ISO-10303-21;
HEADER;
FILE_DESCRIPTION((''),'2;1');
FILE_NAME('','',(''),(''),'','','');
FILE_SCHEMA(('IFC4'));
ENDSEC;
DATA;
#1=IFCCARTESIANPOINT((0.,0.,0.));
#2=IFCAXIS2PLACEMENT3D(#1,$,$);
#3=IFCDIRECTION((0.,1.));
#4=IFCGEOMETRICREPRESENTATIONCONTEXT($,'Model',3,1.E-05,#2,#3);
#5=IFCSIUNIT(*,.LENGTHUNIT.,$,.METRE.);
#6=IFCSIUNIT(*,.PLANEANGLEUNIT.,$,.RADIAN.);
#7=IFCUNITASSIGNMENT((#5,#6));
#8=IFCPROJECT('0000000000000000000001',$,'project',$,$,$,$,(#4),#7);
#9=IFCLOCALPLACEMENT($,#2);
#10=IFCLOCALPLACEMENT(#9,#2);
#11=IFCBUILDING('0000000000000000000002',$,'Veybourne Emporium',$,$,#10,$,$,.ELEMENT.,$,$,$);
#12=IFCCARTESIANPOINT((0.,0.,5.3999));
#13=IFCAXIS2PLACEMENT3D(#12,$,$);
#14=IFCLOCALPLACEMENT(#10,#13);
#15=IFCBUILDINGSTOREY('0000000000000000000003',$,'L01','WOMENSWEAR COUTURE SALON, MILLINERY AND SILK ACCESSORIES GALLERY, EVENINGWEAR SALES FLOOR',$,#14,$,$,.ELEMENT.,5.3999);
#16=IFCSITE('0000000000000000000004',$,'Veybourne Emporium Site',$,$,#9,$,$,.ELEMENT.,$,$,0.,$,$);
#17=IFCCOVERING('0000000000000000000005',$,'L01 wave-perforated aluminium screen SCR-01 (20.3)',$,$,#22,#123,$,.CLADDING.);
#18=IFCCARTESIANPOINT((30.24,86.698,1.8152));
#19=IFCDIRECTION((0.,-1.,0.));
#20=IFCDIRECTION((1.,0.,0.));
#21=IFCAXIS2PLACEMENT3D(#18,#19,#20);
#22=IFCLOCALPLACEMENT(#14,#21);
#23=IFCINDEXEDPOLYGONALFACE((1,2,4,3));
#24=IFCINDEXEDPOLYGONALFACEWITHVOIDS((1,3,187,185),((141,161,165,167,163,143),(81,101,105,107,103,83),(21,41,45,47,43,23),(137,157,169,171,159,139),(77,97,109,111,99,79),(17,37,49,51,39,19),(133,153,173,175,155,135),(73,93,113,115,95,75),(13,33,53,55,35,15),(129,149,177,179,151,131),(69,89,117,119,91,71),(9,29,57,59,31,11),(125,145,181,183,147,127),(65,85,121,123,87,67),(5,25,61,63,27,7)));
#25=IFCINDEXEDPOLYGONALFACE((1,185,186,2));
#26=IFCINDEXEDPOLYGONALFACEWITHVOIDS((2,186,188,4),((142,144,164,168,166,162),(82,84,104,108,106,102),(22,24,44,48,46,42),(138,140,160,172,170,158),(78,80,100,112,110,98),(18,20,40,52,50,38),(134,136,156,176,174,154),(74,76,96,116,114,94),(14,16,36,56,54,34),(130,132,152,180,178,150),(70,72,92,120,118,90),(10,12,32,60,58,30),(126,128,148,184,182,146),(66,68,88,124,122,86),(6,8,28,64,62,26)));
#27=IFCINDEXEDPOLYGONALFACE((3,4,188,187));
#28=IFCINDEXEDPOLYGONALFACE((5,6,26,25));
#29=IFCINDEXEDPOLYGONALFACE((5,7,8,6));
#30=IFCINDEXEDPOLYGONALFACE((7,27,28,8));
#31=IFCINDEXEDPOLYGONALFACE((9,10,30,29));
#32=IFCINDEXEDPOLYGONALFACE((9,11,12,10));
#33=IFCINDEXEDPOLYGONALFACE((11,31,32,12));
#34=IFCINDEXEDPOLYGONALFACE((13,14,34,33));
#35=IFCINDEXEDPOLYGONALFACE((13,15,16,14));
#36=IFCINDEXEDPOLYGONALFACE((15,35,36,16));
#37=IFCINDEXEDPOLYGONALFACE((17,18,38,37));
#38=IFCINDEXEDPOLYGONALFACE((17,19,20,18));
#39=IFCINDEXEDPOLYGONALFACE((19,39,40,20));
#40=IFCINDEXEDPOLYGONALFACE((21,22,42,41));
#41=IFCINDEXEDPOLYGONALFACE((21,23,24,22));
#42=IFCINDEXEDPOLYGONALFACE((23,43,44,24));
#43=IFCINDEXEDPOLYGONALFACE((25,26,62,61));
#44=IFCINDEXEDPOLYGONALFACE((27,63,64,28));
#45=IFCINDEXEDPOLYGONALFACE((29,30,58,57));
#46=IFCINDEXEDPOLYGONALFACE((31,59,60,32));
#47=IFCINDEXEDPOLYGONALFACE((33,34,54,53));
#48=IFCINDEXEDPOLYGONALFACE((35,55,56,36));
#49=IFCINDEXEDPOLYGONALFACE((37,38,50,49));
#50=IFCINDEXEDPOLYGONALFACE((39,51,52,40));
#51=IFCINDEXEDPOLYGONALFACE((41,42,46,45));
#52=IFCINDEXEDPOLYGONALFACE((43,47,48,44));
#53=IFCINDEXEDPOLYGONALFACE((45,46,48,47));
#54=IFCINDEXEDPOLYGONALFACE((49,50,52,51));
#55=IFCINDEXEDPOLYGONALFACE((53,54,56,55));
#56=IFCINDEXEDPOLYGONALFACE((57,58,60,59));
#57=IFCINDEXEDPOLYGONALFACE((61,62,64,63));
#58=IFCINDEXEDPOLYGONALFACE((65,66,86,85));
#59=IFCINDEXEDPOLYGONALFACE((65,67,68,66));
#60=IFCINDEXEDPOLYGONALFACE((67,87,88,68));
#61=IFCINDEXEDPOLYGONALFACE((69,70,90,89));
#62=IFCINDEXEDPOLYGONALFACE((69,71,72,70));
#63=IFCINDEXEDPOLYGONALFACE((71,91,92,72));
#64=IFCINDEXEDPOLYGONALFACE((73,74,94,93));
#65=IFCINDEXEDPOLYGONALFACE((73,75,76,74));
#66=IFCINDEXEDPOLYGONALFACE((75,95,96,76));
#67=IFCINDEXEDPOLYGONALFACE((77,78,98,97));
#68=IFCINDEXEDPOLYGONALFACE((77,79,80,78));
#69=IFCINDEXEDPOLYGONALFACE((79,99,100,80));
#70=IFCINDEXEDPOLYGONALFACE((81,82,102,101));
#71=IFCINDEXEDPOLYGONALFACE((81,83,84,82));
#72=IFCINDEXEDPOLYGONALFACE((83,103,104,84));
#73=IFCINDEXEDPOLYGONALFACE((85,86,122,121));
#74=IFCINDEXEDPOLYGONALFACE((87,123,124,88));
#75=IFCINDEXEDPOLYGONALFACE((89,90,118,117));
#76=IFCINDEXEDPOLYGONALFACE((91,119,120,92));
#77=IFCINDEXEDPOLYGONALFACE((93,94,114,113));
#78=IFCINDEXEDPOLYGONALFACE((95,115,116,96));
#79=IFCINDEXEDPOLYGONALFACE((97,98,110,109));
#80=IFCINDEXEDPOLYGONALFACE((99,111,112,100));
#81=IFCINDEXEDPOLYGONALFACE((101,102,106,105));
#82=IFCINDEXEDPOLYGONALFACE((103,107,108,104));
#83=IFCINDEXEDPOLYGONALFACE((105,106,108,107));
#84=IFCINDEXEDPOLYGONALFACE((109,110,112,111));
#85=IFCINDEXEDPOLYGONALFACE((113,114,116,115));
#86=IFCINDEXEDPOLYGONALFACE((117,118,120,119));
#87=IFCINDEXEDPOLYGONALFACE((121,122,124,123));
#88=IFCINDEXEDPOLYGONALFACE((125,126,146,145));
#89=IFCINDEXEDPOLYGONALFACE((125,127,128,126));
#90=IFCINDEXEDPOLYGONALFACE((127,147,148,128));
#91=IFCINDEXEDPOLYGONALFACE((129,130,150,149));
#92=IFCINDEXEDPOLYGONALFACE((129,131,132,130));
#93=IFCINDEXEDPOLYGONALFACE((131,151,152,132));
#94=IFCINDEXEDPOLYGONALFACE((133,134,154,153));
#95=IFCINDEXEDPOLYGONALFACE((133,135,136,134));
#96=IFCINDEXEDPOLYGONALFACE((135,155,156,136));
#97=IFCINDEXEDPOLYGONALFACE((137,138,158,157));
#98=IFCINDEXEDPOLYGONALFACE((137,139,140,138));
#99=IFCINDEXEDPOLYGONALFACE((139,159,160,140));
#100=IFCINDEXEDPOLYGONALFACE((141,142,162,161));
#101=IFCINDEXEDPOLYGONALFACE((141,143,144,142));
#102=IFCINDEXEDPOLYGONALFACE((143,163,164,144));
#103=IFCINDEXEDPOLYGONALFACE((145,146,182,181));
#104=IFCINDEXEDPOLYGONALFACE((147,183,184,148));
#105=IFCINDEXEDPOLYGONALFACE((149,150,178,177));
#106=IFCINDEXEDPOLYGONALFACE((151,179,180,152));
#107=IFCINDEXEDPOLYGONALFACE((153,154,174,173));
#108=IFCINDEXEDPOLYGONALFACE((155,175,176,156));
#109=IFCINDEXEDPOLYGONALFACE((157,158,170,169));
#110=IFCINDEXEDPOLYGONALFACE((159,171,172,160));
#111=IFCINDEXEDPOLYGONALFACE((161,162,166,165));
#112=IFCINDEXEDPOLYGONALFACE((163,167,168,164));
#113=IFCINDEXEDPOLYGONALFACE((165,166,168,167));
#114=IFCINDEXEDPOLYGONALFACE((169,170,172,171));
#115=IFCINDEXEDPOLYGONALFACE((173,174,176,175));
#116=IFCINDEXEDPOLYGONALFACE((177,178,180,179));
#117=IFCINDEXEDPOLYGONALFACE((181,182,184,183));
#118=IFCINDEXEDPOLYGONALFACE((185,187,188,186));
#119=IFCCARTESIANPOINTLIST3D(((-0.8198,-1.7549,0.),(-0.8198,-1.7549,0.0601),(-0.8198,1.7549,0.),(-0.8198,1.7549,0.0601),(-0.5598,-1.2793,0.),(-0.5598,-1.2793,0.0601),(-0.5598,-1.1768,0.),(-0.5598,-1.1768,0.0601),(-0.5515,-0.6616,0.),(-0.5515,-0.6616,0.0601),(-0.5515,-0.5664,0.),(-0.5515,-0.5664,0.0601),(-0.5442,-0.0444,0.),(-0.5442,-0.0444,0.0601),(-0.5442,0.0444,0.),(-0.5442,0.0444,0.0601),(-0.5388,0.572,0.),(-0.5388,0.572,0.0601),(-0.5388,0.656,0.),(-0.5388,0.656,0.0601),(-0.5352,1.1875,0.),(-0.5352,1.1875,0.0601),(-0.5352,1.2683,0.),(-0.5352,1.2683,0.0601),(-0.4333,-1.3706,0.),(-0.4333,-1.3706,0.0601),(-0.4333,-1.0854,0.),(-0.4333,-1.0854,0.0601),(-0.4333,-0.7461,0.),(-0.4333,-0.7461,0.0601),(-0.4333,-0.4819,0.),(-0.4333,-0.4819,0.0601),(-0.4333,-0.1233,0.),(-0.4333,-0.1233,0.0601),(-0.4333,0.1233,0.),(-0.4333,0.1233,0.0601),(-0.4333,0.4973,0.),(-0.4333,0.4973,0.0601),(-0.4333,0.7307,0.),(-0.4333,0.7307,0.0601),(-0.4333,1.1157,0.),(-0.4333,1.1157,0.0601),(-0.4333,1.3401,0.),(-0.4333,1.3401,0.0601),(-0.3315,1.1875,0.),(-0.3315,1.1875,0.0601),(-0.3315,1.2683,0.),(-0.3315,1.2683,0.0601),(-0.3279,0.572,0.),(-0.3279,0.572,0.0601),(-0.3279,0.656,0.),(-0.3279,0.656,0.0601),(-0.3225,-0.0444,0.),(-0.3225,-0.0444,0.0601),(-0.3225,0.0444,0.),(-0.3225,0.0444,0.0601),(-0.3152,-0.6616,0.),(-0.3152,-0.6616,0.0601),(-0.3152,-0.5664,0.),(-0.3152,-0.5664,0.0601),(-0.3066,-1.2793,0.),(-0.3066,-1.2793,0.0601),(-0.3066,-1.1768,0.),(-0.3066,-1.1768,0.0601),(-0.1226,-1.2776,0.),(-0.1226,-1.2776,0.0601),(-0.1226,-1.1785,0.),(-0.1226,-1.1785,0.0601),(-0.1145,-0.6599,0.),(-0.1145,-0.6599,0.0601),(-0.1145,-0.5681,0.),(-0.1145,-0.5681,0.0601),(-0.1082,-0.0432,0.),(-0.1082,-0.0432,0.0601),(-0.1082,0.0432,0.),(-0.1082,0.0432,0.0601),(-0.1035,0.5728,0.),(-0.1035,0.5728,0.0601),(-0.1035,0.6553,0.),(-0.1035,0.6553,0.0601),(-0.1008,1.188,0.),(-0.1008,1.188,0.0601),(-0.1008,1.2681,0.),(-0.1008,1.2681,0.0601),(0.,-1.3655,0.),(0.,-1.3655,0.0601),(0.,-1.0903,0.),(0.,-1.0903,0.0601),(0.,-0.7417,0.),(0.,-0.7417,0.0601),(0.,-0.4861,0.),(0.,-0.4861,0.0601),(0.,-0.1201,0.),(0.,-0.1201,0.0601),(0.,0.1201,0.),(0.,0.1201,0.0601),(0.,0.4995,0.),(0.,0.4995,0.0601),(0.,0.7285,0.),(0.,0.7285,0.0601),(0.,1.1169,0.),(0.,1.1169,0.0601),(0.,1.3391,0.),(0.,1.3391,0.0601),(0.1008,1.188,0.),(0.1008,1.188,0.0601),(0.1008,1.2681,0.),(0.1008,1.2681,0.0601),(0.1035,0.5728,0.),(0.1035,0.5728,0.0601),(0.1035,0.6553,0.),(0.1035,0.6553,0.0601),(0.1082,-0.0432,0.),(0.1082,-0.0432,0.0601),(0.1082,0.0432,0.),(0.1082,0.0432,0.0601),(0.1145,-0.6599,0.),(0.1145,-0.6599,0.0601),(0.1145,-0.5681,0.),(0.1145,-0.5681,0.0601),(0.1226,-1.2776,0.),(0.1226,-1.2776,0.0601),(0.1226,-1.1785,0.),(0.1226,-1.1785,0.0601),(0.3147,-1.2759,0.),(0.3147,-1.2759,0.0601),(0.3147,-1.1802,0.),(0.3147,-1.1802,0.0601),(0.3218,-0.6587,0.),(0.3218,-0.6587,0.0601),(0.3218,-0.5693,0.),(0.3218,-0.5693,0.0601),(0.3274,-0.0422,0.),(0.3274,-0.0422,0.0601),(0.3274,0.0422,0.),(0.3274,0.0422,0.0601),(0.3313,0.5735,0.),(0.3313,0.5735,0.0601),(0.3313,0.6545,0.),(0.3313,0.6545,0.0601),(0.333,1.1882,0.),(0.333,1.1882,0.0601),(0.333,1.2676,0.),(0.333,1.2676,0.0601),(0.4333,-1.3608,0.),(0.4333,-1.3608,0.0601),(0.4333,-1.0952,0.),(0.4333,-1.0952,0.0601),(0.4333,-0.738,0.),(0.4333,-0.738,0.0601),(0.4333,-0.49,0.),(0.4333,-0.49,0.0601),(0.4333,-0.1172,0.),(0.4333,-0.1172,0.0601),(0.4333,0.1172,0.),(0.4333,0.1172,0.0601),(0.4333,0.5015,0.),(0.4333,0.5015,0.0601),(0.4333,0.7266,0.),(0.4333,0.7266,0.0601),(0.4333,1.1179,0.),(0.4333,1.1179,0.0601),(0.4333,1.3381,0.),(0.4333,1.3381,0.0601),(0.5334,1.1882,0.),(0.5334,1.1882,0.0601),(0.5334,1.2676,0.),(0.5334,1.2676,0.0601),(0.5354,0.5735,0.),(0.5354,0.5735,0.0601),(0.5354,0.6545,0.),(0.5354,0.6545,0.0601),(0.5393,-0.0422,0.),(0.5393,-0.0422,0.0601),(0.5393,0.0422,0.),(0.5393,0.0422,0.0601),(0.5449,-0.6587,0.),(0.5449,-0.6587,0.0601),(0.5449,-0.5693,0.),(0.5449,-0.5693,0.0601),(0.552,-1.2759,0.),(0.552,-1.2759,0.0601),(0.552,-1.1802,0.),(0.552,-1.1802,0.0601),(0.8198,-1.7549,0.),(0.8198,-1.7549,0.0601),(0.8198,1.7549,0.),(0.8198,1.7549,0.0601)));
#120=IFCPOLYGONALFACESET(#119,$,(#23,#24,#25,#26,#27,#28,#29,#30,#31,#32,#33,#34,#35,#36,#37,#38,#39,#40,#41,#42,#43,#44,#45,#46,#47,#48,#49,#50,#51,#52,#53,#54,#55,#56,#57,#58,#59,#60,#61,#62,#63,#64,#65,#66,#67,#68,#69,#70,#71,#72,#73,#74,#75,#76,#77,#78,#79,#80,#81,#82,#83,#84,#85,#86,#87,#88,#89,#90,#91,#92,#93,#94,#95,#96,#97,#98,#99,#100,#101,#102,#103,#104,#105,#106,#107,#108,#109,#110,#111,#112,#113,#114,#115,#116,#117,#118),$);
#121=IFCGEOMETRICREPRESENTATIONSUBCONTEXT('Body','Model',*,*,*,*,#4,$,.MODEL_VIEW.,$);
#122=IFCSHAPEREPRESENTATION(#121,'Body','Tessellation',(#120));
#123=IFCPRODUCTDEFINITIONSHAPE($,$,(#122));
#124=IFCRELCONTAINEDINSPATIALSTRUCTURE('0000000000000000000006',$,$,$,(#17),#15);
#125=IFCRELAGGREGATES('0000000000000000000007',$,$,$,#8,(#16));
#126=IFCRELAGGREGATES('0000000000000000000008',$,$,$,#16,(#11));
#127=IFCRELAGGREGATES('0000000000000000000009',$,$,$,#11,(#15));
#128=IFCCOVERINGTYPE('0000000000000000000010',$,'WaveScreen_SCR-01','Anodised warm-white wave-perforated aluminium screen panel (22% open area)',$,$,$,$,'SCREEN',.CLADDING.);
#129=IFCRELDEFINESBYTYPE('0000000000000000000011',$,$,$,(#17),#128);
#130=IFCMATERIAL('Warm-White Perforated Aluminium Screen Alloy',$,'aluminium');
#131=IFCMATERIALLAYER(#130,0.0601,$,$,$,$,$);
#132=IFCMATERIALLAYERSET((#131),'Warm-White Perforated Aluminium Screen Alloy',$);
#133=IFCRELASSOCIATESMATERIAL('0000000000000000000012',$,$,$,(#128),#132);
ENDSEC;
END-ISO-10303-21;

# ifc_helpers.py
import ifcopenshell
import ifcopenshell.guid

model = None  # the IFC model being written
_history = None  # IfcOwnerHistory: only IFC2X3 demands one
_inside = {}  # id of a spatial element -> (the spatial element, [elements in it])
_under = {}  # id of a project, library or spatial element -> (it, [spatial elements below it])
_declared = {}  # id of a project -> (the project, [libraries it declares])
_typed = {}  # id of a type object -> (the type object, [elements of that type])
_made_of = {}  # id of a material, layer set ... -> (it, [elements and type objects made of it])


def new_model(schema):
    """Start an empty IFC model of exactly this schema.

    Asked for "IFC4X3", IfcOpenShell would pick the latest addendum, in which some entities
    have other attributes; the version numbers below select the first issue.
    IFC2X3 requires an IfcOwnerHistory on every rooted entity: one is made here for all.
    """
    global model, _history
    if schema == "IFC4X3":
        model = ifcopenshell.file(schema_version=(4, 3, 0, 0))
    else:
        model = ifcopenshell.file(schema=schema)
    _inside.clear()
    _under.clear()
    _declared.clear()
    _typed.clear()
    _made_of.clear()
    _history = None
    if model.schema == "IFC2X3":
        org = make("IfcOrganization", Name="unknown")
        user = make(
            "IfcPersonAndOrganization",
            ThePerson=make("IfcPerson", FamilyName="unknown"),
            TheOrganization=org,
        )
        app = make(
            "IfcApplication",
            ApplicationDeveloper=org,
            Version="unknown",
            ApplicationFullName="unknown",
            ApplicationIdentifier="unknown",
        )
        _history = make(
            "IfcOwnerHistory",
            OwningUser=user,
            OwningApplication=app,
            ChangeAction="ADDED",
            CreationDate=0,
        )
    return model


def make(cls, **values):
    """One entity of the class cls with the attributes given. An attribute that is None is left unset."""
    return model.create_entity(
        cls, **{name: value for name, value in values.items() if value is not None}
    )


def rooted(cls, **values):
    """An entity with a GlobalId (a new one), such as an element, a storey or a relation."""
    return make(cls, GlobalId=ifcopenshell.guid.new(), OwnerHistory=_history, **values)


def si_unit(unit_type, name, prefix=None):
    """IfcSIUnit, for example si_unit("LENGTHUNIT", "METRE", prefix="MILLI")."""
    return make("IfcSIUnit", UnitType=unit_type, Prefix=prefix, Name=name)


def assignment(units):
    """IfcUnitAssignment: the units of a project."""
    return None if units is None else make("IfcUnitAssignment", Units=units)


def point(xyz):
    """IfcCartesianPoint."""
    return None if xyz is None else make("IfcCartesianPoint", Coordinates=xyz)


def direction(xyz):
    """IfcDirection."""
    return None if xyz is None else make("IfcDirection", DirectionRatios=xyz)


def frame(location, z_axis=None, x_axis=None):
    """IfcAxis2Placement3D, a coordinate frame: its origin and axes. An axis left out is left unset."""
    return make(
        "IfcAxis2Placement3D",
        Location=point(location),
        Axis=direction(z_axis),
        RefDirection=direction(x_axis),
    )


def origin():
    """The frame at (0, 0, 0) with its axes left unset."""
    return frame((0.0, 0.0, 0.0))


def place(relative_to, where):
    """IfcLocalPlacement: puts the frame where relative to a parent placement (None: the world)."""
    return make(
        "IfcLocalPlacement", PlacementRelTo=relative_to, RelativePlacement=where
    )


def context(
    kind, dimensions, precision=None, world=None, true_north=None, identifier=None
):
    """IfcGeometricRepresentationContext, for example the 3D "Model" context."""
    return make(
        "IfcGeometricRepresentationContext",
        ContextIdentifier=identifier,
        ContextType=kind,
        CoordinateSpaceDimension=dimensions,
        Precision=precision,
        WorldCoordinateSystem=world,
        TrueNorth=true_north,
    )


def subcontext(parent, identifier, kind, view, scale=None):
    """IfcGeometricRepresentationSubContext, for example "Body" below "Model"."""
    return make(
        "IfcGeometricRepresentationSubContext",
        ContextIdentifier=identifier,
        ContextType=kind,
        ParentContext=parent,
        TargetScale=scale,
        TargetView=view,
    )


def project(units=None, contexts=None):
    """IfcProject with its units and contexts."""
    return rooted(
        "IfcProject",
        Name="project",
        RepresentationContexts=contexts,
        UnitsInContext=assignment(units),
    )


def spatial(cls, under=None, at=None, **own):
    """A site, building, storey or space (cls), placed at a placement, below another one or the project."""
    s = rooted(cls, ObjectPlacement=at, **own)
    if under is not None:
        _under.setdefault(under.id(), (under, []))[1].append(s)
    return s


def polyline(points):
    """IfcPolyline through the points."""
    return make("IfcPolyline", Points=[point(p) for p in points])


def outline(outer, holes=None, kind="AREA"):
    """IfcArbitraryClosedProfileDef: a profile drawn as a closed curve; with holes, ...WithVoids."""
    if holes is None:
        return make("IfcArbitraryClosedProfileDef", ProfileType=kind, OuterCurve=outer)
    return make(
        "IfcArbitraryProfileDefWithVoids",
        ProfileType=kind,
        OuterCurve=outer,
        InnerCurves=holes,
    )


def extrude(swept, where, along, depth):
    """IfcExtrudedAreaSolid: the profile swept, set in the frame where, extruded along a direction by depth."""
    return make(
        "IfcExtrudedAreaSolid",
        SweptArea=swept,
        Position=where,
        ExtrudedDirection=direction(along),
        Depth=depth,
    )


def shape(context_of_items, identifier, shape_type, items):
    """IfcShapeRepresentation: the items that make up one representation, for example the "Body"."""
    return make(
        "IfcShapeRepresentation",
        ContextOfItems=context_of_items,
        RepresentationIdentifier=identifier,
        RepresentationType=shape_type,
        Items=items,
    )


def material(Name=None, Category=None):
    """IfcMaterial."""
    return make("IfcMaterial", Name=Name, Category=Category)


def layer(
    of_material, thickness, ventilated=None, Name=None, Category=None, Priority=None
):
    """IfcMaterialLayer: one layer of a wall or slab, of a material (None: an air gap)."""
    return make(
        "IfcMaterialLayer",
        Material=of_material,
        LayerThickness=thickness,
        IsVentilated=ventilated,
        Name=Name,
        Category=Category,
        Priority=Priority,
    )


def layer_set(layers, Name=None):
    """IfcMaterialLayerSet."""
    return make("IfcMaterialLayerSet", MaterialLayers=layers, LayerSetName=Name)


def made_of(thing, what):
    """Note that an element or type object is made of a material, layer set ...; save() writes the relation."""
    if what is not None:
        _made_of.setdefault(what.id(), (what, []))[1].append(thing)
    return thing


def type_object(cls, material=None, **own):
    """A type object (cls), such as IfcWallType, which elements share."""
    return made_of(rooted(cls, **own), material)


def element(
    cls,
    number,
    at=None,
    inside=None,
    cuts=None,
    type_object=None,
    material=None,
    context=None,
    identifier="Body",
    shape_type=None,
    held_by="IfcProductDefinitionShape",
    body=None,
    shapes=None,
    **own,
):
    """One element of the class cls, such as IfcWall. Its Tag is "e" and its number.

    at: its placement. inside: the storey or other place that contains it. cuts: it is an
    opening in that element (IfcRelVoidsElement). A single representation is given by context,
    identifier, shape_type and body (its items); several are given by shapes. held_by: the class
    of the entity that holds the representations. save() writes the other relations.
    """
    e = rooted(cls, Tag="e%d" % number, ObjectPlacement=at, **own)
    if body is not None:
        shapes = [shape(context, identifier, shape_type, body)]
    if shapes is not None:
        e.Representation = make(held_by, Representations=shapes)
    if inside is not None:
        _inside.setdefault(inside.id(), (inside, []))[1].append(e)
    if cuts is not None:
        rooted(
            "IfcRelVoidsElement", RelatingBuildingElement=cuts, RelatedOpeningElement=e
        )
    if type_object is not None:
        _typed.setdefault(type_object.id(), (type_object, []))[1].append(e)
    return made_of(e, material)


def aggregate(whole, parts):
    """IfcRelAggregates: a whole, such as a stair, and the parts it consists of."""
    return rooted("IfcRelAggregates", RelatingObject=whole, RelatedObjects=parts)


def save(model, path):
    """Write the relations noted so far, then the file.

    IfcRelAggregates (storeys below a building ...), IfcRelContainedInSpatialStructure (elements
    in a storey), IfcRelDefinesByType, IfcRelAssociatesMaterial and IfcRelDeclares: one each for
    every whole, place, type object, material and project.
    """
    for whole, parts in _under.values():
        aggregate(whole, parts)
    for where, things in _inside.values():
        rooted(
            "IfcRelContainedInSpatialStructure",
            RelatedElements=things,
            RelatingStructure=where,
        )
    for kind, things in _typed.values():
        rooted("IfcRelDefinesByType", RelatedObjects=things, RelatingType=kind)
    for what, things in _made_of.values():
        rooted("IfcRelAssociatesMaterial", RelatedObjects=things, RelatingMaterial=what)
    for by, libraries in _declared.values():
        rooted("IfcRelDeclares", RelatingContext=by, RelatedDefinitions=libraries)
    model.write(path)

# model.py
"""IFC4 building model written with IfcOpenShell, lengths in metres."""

from ifc_helpers import new_model, si_unit, direction, frame, origin, place, context, subcontext, project, spatial, polyline, outline, extrude, material, layer, layer_set, type_object, element, save


model = new_model("IFC4")

# Units and contexts
model_context = context("Model", 3, precision=1e-05, world=origin(), true_north=direction((0.0, 1.0)))
body_context = subcontext(model_context, "Body", "Model", "MODEL_VIEW")
ifc_project = project(units=[si_unit("LENGTHUNIT", "METRE"), si_unit("PLANEANGLEUNIT", "RADIAN")], contexts=[model_context])

# Site, building, storey
site_placement = place(None, origin())
site = spatial("IfcSite", under=ifc_project, at=site_placement, Name="Veybourne Emporium Site", CompositionType="ELEMENT", RefElevation=0.0)
building_placement = place(site_placement, origin())
building = spatial("IfcBuilding", under=site, at=building_placement, Name="Veybourne Emporium", CompositionType="ELEMENT")
storey_placement = place(building_placement, frame((0.0, 0.0, 5.3999)))
storey = spatial("IfcBuildingStorey", under=building, at=storey_placement, Name="L01", Description="WOMENSWEAR COUTURE SALON, MILLINERY AND SILK ACCESSORIES GALLERY, EVENINGWEAR SALES FLOOR", CompositionType="ELEMENT", Elevation=5.3999)

# Covering
ifc_material_1 = material(Name="Warm-White Perforated Aluminium Screen Alloy", Category="aluminium")
ifc_layer_1 = layer(ifc_material_1, 0.0601)
ifc_layer_set_1 = layer_set([ifc_layer_1], Name="Warm-White Perforated Aluminium Screen Alloy")
covering_type_1 = type_object("IfcCoveringType", Name="WaveScreen_SCR-01", Description="Anodised warm-white wave-perforated aluminium screen panel (22% open area)", ElementType="SCREEN", PredefinedType="CLADDING", material=ifc_layer_set_1)
covering_1_placement = place(storey_placement, frame((30.24, 86.698, 1.8152), z_axis=(0.0, -1.0, 0.0), x_axis=(1.0, 0.0, 0.0)))
element("IfcCovering", 1, at=covering_1_placement, inside=storey, type_object=covering_type_1, Name="L01 wave-perforated aluminium screen SCR-01 (20.3)", PredefinedType="CLADDING", context=body_context, shape_type="SweptSolid", body=[
    extrude(outline(polyline([(-0.8198, -1.7549), (0.8198, -1.7549), (0.8198, 1.7549), (-0.8198, 1.7549), (-0.8198, -1.7549)]), holes=[polyline([(-0.4333, -1.0854), (-0.3066, -1.1768), (-0.3066, -1.2793), (-0.4333, -1.3706), (-0.5598, -1.2793), (-0.5598, -1.1768), (-0.4333, -1.0854)]), polyline([(-0.4333, -0.4819), (-0.3152, -0.5664), (-0.3152, -0.6616), (-0.4333, -0.7461), (-0.5515, -0.6616), (-0.5515, -0.5664), (-0.4333, -0.4819)]), polyline([(-0.4333, 0.1233), (-0.3225, 0.0444), (-0.3225, -0.0444), (-0.4333, -0.1233), (-0.5442, -0.0444), (-0.5442, 0.0444), (-0.4333, 0.1233)]), polyline([(-0.4333, 0.7307), (-0.3279, 0.656), (-0.3279, 0.572), (-0.4333, 0.4973), (-0.5388, 0.572), (-0.5388, 0.656), (-0.4333, 0.7307)]), polyline([(-0.4333, 1.3401), (-0.3315, 1.2683), (-0.3315, 1.1875), (-0.4333, 1.1157), (-0.5352, 1.1875), (-0.5352, 1.2683), (-0.4333, 1.3401)]), polyline([(0.0, -1.0903), (0.1226, -1.1785), (0.1226, -1.2776), (0.0, -1.3655), (-0.1226, -1.2776), (-0.1226, -1.1785), (0.0, -1.0903)]), polyline([(0.0, -0.4861), (0.1145, -0.5681), (0.1145, -0.6599), (0.0, -0.7417), (-0.1145, -0.6599), (-0.1145, -0.5681), (0.0, -0.4861)]), polyline([(0.0, 0.1201), (0.1082, 0.0432), (0.1082, -0.0432), (0.0, -0.1201), (-0.1082, -0.0432), (-0.1082, 0.0432), (0.0, 0.1201)]), polyline([(0.0, 0.7285), (0.1035, 0.6553), (0.1035, 0.5728), (0.0, 0.4995), (-0.1035, 0.5728), (-0.1035, 0.6553), (0.0, 0.7285)]), polyline([(0.0, 1.3391), (0.1008, 1.2681), (0.1008, 1.188), (0.0, 1.1169), (-0.1008, 1.188), (-0.1008, 1.2681), (0.0, 1.3391)]), polyline([(0.4333, -1.0952), (0.552, -1.1802), (0.552, -1.2759), (0.4333, -1.3608), (0.3147, -1.2759), (0.3147, -1.1802), (0.4333, -1.0952)]), polyline([(0.4333, -0.49), (0.5449, -0.5693), (0.5449, -0.6587), (0.4333, -0.738), (0.3218, -0.6587), (0.3218, -0.5693), (0.4333, -0.49)]), polyline([(0.4333, 0.1172), (0.5393, 0.0422), (0.5393, -0.0422), (0.4333, -0.1172), (0.3274, -0.0422), (0.3274, 0.0422), (0.4333, 0.1172)]), polyline([(0.4333, 0.7266), (0.5354, 0.6545), (0.5354, 0.5735), (0.4333, 0.5015), (0.3313, 0.5735), (0.3313, 0.6545), (0.4333, 0.7266)]), polyline([(0.4333, 1.3381), (0.5334, 1.2676), (0.5334, 1.1882), (0.4333, 1.1179), (0.333, 1.1882), (0.333, 1.2676), (0.4333, 1.3381)])]), origin(), (0.0, 0.0, 1.0), 0.0601),
])

save(model, "model.ifc")
